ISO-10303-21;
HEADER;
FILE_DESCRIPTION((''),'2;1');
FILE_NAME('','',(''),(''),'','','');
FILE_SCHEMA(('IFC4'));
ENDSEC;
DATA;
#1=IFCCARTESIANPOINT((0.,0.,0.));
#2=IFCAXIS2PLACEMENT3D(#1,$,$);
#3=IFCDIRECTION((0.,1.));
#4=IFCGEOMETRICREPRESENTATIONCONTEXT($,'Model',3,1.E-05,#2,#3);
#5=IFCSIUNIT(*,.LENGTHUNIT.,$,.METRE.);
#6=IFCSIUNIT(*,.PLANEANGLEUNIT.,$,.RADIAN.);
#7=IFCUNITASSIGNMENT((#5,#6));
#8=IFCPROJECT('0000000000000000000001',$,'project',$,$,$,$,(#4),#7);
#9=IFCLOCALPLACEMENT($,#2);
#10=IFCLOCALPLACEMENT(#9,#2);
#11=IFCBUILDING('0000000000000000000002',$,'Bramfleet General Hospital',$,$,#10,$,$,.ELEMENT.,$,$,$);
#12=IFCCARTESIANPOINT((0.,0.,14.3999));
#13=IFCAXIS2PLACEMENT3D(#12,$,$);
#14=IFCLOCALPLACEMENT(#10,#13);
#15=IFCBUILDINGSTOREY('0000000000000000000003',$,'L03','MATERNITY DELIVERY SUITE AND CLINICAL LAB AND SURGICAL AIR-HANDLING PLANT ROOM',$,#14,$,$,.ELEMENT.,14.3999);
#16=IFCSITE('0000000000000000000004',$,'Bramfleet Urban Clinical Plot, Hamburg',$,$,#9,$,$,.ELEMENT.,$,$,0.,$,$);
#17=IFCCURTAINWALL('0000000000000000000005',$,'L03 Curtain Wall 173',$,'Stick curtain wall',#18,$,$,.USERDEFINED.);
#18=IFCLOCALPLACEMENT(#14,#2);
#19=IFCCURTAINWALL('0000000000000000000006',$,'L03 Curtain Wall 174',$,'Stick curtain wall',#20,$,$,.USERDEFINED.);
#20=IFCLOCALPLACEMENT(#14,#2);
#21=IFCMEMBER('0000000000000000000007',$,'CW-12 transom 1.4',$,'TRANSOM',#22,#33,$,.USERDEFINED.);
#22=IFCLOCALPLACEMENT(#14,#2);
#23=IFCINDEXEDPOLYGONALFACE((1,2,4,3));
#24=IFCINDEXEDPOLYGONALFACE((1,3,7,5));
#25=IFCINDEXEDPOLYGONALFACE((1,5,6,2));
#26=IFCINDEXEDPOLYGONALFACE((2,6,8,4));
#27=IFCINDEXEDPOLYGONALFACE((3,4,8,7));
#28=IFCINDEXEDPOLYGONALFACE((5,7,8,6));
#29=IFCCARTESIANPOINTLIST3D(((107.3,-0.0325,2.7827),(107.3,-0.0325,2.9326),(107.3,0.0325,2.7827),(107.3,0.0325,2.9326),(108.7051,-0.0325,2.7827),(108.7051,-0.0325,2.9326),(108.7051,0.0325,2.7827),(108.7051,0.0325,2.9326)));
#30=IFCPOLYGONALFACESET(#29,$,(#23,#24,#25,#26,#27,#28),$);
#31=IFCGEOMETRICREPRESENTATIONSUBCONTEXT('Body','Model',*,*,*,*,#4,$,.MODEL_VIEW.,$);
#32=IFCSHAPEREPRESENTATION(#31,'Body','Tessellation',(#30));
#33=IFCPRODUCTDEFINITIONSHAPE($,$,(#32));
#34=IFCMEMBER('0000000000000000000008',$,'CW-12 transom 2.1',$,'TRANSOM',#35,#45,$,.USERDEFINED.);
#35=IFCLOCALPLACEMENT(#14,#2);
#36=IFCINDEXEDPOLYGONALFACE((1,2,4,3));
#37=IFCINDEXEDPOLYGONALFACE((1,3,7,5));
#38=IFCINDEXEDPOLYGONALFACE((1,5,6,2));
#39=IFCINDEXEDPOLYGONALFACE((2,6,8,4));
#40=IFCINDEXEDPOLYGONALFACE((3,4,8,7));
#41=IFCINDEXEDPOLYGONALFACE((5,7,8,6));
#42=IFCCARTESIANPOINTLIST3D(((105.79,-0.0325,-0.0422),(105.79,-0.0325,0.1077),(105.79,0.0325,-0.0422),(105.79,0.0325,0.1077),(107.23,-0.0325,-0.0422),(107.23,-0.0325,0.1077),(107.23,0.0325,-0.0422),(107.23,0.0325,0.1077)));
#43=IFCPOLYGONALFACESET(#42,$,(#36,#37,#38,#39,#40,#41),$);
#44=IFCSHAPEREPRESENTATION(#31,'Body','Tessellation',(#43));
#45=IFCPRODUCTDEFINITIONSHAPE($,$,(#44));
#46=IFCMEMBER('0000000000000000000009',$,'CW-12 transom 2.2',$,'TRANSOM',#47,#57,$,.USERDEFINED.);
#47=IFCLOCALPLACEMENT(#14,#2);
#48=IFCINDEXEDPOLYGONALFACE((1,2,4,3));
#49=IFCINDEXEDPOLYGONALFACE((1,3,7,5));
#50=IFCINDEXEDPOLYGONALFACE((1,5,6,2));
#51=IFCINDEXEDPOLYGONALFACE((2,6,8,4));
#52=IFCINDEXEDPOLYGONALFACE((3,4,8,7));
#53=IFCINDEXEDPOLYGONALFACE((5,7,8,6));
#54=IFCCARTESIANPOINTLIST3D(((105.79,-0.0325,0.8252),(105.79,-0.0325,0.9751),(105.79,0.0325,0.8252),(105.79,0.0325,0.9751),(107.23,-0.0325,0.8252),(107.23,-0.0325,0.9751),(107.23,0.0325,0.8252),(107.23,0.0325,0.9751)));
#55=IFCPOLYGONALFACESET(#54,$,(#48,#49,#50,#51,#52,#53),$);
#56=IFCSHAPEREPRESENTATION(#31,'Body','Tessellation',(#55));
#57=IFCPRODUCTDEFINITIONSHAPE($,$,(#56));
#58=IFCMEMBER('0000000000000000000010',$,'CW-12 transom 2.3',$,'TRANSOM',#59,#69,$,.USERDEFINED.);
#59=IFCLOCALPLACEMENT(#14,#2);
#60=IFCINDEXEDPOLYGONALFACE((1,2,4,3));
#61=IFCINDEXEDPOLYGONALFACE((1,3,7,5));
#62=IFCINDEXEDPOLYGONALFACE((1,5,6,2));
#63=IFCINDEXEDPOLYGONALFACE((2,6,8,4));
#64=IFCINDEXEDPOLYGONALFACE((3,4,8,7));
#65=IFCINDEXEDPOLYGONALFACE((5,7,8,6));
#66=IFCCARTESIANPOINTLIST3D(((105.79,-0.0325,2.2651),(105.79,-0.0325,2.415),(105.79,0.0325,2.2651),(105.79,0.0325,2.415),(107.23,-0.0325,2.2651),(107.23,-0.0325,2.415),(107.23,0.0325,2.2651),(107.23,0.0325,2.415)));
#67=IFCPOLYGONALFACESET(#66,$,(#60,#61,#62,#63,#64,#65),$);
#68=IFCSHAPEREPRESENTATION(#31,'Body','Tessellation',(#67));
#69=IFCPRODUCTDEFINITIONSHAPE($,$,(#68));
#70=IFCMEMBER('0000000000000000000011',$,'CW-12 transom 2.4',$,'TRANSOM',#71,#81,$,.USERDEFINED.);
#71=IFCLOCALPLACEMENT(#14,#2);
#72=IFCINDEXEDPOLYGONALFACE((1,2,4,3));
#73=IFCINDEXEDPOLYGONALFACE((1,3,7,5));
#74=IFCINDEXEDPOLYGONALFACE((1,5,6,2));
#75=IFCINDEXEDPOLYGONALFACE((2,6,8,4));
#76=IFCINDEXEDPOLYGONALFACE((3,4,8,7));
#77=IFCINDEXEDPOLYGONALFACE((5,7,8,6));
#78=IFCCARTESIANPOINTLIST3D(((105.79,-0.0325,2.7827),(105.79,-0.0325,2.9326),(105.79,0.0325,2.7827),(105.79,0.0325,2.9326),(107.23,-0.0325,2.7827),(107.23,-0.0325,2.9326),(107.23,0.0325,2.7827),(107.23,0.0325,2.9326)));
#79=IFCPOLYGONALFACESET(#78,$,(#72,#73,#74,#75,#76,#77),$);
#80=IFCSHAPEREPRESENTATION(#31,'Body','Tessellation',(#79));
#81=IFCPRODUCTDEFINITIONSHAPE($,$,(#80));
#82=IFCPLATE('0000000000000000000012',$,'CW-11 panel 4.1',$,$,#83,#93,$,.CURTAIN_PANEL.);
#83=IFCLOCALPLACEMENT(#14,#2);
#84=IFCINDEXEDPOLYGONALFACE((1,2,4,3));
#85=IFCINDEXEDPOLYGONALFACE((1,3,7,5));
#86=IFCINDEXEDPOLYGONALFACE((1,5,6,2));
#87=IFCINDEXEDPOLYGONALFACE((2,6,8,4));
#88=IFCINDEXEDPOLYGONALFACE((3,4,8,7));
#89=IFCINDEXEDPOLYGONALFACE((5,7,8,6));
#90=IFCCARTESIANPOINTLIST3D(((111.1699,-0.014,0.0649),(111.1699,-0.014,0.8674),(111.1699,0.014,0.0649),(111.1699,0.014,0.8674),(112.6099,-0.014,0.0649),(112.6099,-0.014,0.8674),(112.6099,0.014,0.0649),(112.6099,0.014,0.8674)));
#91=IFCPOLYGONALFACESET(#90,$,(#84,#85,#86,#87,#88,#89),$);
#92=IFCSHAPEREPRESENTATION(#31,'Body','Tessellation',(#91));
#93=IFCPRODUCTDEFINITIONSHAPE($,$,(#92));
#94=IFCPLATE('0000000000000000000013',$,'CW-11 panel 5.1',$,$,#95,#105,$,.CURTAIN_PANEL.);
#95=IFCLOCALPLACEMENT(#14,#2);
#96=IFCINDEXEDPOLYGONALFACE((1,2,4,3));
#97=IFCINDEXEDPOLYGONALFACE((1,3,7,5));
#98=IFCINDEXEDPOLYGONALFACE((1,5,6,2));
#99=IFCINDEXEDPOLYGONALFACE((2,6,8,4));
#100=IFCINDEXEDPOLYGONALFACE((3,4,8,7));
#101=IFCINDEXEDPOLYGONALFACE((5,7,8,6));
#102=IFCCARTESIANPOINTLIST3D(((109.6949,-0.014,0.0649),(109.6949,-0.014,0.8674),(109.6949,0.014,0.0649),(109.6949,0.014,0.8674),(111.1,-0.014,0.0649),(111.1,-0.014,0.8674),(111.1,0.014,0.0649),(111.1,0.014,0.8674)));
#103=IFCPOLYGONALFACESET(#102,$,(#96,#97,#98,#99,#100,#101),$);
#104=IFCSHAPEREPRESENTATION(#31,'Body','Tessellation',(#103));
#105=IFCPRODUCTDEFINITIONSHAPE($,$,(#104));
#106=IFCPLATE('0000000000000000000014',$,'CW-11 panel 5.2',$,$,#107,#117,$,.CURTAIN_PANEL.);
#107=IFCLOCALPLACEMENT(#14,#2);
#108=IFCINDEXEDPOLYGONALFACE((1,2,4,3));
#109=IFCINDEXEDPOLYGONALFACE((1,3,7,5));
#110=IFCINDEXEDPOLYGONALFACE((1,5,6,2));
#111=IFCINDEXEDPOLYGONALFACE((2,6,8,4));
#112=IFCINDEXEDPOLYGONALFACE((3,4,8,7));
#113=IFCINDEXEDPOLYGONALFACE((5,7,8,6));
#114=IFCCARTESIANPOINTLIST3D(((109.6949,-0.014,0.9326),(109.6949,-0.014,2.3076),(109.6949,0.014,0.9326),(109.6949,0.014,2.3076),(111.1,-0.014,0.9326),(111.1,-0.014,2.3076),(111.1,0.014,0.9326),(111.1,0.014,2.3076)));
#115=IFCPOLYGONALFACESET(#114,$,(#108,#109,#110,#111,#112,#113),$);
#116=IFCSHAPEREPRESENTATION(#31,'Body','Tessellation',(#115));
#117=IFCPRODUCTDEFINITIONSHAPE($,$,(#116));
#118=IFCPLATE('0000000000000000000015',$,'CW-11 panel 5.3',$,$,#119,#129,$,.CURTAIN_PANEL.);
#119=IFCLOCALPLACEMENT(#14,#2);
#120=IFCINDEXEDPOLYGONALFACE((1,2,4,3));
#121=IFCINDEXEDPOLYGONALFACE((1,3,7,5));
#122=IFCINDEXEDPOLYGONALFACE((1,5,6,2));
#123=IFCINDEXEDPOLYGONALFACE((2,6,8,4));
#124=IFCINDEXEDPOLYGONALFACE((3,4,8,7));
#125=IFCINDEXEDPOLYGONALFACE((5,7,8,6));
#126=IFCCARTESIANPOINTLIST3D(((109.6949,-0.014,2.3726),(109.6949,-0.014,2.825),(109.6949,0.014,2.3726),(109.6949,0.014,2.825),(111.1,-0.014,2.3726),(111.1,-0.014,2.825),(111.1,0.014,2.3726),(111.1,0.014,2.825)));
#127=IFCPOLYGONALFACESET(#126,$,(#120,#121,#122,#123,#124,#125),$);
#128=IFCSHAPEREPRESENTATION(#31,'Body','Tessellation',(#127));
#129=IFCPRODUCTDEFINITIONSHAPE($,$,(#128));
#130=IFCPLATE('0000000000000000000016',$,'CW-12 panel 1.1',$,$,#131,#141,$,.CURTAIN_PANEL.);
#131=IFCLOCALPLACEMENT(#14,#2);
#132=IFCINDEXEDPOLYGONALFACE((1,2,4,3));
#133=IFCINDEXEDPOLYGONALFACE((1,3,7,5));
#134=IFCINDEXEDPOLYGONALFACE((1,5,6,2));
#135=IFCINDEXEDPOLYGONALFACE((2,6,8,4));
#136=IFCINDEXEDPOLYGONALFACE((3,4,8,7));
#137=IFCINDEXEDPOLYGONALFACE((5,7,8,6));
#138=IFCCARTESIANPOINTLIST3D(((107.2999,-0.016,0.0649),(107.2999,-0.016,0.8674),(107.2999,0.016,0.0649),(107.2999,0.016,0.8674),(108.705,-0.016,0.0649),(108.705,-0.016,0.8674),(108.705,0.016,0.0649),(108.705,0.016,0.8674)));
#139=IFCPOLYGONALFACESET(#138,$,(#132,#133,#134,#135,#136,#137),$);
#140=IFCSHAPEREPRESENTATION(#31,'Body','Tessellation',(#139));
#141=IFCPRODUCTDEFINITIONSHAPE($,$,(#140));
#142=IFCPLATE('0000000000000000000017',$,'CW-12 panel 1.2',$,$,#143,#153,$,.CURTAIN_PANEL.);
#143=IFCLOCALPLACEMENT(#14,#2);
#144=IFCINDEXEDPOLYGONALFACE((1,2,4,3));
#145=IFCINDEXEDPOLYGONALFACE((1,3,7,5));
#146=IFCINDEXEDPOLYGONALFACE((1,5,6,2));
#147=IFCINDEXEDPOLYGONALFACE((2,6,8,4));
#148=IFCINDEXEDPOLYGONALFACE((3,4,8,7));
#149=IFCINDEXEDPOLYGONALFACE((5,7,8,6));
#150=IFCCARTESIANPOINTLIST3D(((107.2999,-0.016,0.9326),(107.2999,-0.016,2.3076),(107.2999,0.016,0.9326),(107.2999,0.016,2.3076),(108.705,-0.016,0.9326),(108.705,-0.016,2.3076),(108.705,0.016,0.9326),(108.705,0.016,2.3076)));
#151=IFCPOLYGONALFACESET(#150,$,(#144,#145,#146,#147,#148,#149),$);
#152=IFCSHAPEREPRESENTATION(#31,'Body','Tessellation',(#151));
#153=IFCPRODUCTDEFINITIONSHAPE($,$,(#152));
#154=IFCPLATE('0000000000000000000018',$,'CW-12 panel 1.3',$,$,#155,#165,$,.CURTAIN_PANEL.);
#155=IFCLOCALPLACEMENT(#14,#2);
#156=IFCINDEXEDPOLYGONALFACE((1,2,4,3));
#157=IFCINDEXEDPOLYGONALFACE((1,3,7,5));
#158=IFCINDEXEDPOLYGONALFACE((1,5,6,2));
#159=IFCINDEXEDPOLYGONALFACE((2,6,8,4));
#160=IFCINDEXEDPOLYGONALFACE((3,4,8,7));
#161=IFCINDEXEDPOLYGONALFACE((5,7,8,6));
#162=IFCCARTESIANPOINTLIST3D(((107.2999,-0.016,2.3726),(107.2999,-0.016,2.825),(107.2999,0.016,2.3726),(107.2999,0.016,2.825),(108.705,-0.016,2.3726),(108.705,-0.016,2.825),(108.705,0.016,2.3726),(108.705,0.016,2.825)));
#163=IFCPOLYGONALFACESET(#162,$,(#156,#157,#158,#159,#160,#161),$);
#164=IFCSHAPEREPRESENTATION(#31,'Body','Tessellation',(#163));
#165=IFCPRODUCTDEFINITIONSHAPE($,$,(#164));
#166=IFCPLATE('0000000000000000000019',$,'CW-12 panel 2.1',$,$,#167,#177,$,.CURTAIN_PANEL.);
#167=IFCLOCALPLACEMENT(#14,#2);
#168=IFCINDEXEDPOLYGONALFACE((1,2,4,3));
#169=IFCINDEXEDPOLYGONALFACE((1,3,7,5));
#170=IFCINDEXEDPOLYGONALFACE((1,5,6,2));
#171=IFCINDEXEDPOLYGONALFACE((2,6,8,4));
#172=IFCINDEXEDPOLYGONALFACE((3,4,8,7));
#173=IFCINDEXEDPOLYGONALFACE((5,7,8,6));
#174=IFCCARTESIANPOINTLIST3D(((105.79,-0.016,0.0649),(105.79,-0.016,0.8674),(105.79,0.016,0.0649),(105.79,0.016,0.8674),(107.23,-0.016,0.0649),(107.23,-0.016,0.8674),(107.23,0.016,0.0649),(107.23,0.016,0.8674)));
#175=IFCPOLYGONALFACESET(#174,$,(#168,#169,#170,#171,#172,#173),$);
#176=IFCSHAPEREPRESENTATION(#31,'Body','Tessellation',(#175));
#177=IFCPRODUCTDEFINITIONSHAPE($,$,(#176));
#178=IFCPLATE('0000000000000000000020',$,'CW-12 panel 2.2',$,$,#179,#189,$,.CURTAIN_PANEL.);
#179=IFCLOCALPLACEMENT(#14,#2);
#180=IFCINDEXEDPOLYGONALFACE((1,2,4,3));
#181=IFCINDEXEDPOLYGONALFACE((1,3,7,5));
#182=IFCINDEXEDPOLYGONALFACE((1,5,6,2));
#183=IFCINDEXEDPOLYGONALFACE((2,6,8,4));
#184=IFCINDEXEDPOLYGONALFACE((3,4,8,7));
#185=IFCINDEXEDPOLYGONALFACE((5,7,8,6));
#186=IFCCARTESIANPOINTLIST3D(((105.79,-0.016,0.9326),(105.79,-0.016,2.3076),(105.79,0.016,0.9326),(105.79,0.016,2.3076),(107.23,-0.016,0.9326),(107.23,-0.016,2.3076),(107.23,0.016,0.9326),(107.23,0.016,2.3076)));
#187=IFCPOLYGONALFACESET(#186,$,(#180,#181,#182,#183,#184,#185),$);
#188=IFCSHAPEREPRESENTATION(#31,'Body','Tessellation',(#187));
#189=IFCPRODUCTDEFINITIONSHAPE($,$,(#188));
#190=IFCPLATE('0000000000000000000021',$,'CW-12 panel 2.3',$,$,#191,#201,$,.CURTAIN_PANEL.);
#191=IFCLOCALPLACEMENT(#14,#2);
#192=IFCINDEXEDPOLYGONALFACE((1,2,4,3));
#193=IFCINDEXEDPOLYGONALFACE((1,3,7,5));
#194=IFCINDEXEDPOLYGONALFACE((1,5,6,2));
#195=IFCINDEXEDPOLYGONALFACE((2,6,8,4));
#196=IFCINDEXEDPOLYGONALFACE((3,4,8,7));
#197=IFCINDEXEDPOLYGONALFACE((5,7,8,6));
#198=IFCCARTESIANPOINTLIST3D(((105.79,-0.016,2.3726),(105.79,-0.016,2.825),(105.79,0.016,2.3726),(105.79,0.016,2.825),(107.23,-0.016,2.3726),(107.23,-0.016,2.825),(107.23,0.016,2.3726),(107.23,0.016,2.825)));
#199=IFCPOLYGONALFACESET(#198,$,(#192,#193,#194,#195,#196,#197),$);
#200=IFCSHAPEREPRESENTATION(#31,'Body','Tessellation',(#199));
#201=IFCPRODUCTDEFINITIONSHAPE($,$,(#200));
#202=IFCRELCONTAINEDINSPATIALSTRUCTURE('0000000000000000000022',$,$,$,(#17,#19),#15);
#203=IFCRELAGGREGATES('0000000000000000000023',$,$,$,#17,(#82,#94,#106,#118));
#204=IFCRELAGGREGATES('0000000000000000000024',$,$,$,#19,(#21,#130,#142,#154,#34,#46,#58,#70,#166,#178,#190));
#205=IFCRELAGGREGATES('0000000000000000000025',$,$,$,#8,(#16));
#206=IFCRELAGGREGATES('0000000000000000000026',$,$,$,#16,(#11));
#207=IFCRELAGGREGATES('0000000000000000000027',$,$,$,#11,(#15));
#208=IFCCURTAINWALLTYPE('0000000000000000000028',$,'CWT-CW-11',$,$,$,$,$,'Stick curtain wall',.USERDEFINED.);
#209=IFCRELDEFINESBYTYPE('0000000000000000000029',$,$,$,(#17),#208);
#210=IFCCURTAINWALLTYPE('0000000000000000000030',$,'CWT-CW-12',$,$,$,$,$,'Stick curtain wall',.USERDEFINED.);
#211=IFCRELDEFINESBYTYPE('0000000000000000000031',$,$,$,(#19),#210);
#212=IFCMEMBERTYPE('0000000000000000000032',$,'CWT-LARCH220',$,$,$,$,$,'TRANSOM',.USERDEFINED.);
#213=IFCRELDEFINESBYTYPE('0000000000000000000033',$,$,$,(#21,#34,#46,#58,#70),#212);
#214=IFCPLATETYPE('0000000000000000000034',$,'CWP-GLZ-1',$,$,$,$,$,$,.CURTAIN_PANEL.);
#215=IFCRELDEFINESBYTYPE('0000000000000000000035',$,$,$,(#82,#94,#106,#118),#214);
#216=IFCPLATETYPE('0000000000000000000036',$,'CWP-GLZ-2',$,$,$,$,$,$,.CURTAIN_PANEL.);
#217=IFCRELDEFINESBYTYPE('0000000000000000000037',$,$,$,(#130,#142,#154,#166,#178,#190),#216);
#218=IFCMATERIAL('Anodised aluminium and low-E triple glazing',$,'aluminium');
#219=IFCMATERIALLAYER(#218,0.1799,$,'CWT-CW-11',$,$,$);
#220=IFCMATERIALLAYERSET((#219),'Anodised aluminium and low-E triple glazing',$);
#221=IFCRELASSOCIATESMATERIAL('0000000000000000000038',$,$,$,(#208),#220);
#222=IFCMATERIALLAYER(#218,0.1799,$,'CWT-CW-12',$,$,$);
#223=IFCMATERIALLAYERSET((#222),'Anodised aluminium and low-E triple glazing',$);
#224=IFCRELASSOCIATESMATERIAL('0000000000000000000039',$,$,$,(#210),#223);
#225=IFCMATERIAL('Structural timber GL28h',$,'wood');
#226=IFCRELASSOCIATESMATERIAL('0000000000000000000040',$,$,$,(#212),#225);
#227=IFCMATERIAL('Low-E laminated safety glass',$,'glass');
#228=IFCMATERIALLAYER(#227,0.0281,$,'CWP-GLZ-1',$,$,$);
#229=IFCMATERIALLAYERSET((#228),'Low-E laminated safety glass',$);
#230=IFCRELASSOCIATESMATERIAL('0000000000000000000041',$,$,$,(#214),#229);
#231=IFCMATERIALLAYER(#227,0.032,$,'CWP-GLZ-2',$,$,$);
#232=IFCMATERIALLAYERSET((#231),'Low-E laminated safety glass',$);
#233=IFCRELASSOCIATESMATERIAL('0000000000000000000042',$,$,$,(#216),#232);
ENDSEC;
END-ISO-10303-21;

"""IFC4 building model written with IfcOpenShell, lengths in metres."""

from ifc_helpers import new_model, si_unit, direction, frame, origin, origin_2d, place, context, subcontext, project, spatial, rectangle, extrude, material, layer, layer_set, material_profile, profile_set, type_object, element, aggregate, save


model = new_model("IFC4")

# Units and contexts
model_context = context("Model", 3, precision=1e-05, world=origin(), true_north=direction((0.0, 1.0)))
body_context = subcontext(model_context, "Body", "Model", "MODEL_VIEW")
ifc_project = project(units=[si_unit("LENGTHUNIT", "METRE"), si_unit("PLANEANGLEUNIT", "RADIAN")], contexts=[model_context])

# Site, building, storey
site_placement = place(None, origin())
site = spatial("IfcSite", under=ifc_project, at=site_placement, Name="Bramfleet Urban Clinical Plot, Hamburg", CompositionType="ELEMENT", RefElevation=0.0)
building_placement = place(site_placement, origin())
building = spatial("IfcBuilding", under=site, at=building_placement, Name="Bramfleet General Hospital", CompositionType="ELEMENT")
storey_placement = place(building_placement, frame((0.0, 0.0, 14.3999)))
storey = spatial("IfcBuildingStorey", under=building, at=storey_placement, Name="L03", Description="MATERNITY DELIVERY SUITE AND CLINICAL LAB AND SURGICAL AIR-HANDLING PLANT ROOM", CompositionType="ELEMENT", Elevation=14.3999)

# Curtain walls
ifc_material_1 = material(Name="Anodised aluminium and low-E triple glazing", Category="aluminium")
ifc_layer_1 = layer(ifc_material_1, 0.1799, Name="CWT-CW-11")
ifc_layer_set_1 = layer_set([ifc_layer_1], Name="Anodised aluminium and low-E triple glazing")
curtain_wall_type_1 = type_object("IfcCurtainWallType", Name="CWT-CW-11", ElementType="Stick curtain wall", PredefinedType="USERDEFINED", material=ifc_layer_set_1)
curtain_wall_1_placement = place(storey_placement, origin())
curtain_wall_1 = element("IfcCurtainWall", 1, at=curtain_wall_1_placement, inside=storey, type_object=curtain_wall_type_1, Name="L03 Curtain Wall 173", ObjectType="Stick curtain wall", PredefinedType="USERDEFINED")
ifc_material_2 = material(Name="Structural timber GL28h", Category="wood")
ifc_layer_2 = layer(ifc_material_1, 0.1799, Name="CWT-CW-12")
ifc_layer_set_2 = layer_set([ifc_layer_2], Name="Anodised aluminium and low-E triple glazing")
curtain_wall_type_2 = type_object("IfcCurtainWallType", Name="CWT-CW-12", ElementType="Stick curtain wall", PredefinedType="USERDEFINED", material=ifc_layer_set_2)
curtain_wall_2_placement = place(storey_placement, origin())
curtain_wall_2 = element("IfcCurtainWall", 2, at=curtain_wall_2_placement, inside=storey, type_object=curtain_wall_type_2, Name="L03 Curtain Wall 174", ObjectType="Stick curtain wall", PredefinedType="USERDEFINED")

# Members
ifc_material_profile_1 = material_profile(ifc_material_2, rectangle(XDim=0.0649, YDim=0.1499, at=origin_2d()), Name="LARCH 150x65")
ifc_profile_set_1 = profile_set([ifc_material_profile_1], Name="Structural timber GL28h")
member_type_1 = type_object("IfcMemberType", Name="CWT-LARCH220", ElementType="TRANSOM", PredefinedType="USERDEFINED", material=ifc_profile_set_1)
member_1_placement = place(storey_placement, frame((108.7051, 0.0, 2.8577), z_axis=(-1.0, 0.0, 0.0), x_axis=(0.0, -1.0, 0.0)))
member_1 = element("IfcMember", 3, at=member_1_placement, type_object=member_type_1, Name="CW-12 transom 1.4", ObjectType="TRANSOM", PredefinedType="USERDEFINED", context=body_context, shape_type="SweptSolid", body=[
    extrude(rectangle(XDim=0.0649, YDim=0.1499, at=origin_2d()), origin(), (0.0, 0.0, 1.0), 1.405),
])
member_2_placement = place(storey_placement, frame((107.23, 0.0, 0.0327), z_axis=(-1.0, 0.0, 0.0), x_axis=(0.0, -1.0, 0.0)))
member_2 = element("IfcMember", 4, at=member_2_placement, type_object=member_type_1, Name="CW-12 transom 2.1", ObjectType="TRANSOM", PredefinedType="USERDEFINED", context=body_context, shape_type="SweptSolid", body=[
    extrude(rectangle(XDim=0.0649, YDim=0.1499, at=origin_2d()), origin(), (0.0, 0.0, 1.0), 1.4399),
])
member_3_placement = place(storey_placement, frame((107.23, 0.0, 0.9001), z_axis=(-1.0, 0.0, 0.0), x_axis=(0.0, -1.0, 0.0)))
member_3 = element("IfcMember", 5, at=member_3_placement, type_object=member_type_1, Name="CW-12 transom 2.2", ObjectType="TRANSOM", PredefinedType="USERDEFINED", context=body_context, shape_type="SweptSolid", body=[
    extrude(rectangle(XDim=0.0649, YDim=0.1499, at=origin_2d()), origin(), (0.0, 0.0, 1.0), 1.4399),
])
member_4_placement = place(storey_placement, frame((107.23, 0.0, 2.3401), z_axis=(-1.0, 0.0, 0.0), x_axis=(0.0, -1.0, 0.0)))
member_4 = element("IfcMember", 6, at=member_4_placement, type_object=member_type_1, Name="CW-12 transom 2.3", ObjectType="TRANSOM", PredefinedType="USERDEFINED", context=body_context, shape_type="SweptSolid", body=[
    extrude(rectangle(XDim=0.0649, YDim=0.1499, at=origin_2d()), origin(), (0.0, 0.0, 1.0), 1.4399),
])
member_5_placement = place(storey_placement, frame((107.23, 0.0, 2.8577), z_axis=(-1.0, 0.0, 0.0), x_axis=(0.0, -1.0, 0.0)))
member_5 = element("IfcMember", 7, at=member_5_placement, type_object=member_type_1, Name="CW-12 transom 2.4", ObjectType="TRANSOM", PredefinedType="USERDEFINED", context=body_context, shape_type="SweptSolid", body=[
    extrude(rectangle(XDim=0.0649, YDim=0.1499, at=origin_2d()), origin(), (0.0, 0.0, 1.0), 1.4399),
])

# Plates
ifc_material_3 = material(Name="Low-E laminated safety glass", Category="glass")
ifc_layer_3 = layer(ifc_material_3, 0.0281, Name="CWP-GLZ-1")
ifc_layer_set_3 = layer_set([ifc_layer_3], Name="Low-E laminated safety glass")
plate_type_1 = type_object("IfcPlateType", Name="CWP-GLZ-1", PredefinedType="CURTAIN_PANEL", material=ifc_layer_set_3)
plate_1_placement = place(storey_placement, frame((111.8899, 0.0, 0.0649), z_axis=(0.0, 0.0, 1.0), x_axis=(-1.0, 0.0, 0.0)))
plate_1 = element("IfcPlate", 8, at=plate_1_placement, type_object=plate_type_1, Name="CW-11 panel 4.1", PredefinedType="CURTAIN_PANEL", context=body_context, shape_type="SweptSolid", body=[
    extrude(rectangle(XDim=1.4399, YDim=0.0281, at=origin_2d()), origin(), (0.0, 0.0, 1.0), 0.8025),
])
plate_2_placement = place(storey_placement, frame((110.3975, 0.0, 0.0649), z_axis=(0.0, 0.0, 1.0), x_axis=(-1.0, 0.0, 0.0)))
plate_2 = element("IfcPlate", 9, at=plate_2_placement, type_object=plate_type_1, Name="CW-11 panel 5.1", PredefinedType="CURTAIN_PANEL", context=body_context, shape_type="SweptSolid", body=[
    extrude(rectangle(XDim=1.405, YDim=0.0281, at=origin_2d()), origin(), (0.0, 0.0, 1.0), 0.8025),
])
plate_3_placement = place(storey_placement, frame((110.3975, 0.0, 0.9326), z_axis=(0.0, 0.0, 1.0), x_axis=(-1.0, 0.0, 0.0)))
plate_3 = element("IfcPlate", 10, at=plate_3_placement, type_object=plate_type_1, Name="CW-11 panel 5.2", PredefinedType="CURTAIN_PANEL", context=body_context, shape_type="SweptSolid", body=[
    extrude(rectangle(XDim=1.405, YDim=0.0281, at=origin_2d()), origin(), (0.0, 0.0, 1.0), 1.375),
])
plate_4_placement = place(storey_placement, frame((110.3975, 0.0, 2.3726), z_axis=(0.0, 0.0, 1.0), x_axis=(-1.0, 0.0, 0.0)))
plate_4 = element("IfcPlate", 11, at=plate_4_placement, type_object=plate_type_1, Name="CW-11 panel 5.3", PredefinedType="CURTAIN_PANEL", context=body_context, shape_type="SweptSolid", body=[
    extrude(rectangle(XDim=1.405, YDim=0.0281, at=origin_2d()), origin(), (0.0, 0.0, 1.0), 0.4524),
])
aggregate(curtain_wall_1, [plate_1, plate_2, plate_3, plate_4])
ifc_layer_4 = layer(ifc_material_3, 0.032, Name="CWP-GLZ-2")
ifc_layer_set_4 = layer_set([ifc_layer_4], Name="Low-E laminated safety glass")
plate_type_2 = type_object("IfcPlateType", Name="CWP-GLZ-2", PredefinedType="CURTAIN_PANEL", material=ifc_layer_set_4)
plate_5_placement = place(storey_placement, frame((108.0024, 0.0, 0.0649), z_axis=(0.0, 0.0, 1.0), x_axis=(-1.0, 0.0, 0.0)))
plate_5 = element("IfcPlate", 12, at=plate_5_placement, type_object=plate_type_2, Name="CW-12 panel 1.1", PredefinedType="CURTAIN_PANEL", context=body_context, shape_type="SweptSolid", body=[
    extrude(rectangle(XDim=1.405, YDim=0.032, at=origin_2d()), origin(), (0.0, 0.0, 1.0), 0.8025),
])
plate_6_placement = place(storey_placement, frame((108.0024, 0.0, 0.9326), z_axis=(0.0, 0.0, 1.0), x_axis=(-1.0, 0.0, 0.0)))
plate_6 = element("IfcPlate", 13, at=plate_6_placement, type_object=plate_type_2, Name="CW-12 panel 1.2", PredefinedType="CURTAIN_PANEL", context=body_context, shape_type="SweptSolid", body=[
    extrude(rectangle(XDim=1.405, YDim=0.032, at=origin_2d()), origin(), (0.0, 0.0, 1.0), 1.375),
])
plate_7_placement = place(storey_placement, frame((108.0024, 0.0, 2.3726), z_axis=(0.0, 0.0, 1.0), x_axis=(-1.0, 0.0, 0.0)))
plate_7 = element("IfcPlate", 14, at=plate_7_placement, type_object=plate_type_2, Name="CW-12 panel 1.3", PredefinedType="CURTAIN_PANEL", context=body_context, shape_type="SweptSolid", body=[
    extrude(rectangle(XDim=1.405, YDim=0.032, at=origin_2d()), origin(), (0.0, 0.0, 1.0), 0.4524),
])
plate_8_placement = place(storey_placement, frame((106.51, 0.0, 0.0649), z_axis=(0.0, 0.0, 1.0), x_axis=(-1.0, 0.0, 0.0)))
plate_8 = element("IfcPlate", 15, at=plate_8_placement, type_object=plate_type_2, Name="CW-12 panel 2.1", PredefinedType="CURTAIN_PANEL", context=body_context, shape_type="SweptSolid", body=[
    extrude(rectangle(XDim=1.4399, YDim=0.032, at=origin_2d()), origin(), (0.0, 0.0, 1.0), 0.8025),
])
plate_9_placement = place(storey_placement, frame((106.51, 0.0, 0.9326), z_axis=(0.0, 0.0, 1.0), x_axis=(-1.0, 0.0, 0.0)))
plate_9 = element("IfcPlate", 16, at=plate_9_placement, type_object=plate_type_2, Name="CW-12 panel 2.2", PredefinedType="CURTAIN_PANEL", context=body_context, shape_type="SweptSolid", body=[
    extrude(rectangle(XDim=1.4399, YDim=0.032, at=origin_2d()), origin(), (0.0, 0.0, 1.0), 1.375),
])
plate_10_placement = place(storey_placement, frame((106.51, 0.0, 2.3726), z_axis=(0.0, 0.0, 1.0), x_axis=(-1.0, 0.0, 0.0)))
plate_10 = element("IfcPlate", 17, at=plate_10_placement, type_object=plate_type_2, Name="CW-12 panel 2.3", PredefinedType="CURTAIN_PANEL", context=body_context, shape_type="SweptSolid", body=[
    extrude(rectangle(XDim=1.4399, YDim=0.032, at=origin_2d()), origin(), (0.0, 0.0, 1.0), 0.4524),
])
aggregate(curtain_wall_2, [member_1, plate_5, plate_6, plate_7, member_2, member_3, member_4, member_5, plate_8, plate_9, plate_10])

save(model, "model.ifc")
